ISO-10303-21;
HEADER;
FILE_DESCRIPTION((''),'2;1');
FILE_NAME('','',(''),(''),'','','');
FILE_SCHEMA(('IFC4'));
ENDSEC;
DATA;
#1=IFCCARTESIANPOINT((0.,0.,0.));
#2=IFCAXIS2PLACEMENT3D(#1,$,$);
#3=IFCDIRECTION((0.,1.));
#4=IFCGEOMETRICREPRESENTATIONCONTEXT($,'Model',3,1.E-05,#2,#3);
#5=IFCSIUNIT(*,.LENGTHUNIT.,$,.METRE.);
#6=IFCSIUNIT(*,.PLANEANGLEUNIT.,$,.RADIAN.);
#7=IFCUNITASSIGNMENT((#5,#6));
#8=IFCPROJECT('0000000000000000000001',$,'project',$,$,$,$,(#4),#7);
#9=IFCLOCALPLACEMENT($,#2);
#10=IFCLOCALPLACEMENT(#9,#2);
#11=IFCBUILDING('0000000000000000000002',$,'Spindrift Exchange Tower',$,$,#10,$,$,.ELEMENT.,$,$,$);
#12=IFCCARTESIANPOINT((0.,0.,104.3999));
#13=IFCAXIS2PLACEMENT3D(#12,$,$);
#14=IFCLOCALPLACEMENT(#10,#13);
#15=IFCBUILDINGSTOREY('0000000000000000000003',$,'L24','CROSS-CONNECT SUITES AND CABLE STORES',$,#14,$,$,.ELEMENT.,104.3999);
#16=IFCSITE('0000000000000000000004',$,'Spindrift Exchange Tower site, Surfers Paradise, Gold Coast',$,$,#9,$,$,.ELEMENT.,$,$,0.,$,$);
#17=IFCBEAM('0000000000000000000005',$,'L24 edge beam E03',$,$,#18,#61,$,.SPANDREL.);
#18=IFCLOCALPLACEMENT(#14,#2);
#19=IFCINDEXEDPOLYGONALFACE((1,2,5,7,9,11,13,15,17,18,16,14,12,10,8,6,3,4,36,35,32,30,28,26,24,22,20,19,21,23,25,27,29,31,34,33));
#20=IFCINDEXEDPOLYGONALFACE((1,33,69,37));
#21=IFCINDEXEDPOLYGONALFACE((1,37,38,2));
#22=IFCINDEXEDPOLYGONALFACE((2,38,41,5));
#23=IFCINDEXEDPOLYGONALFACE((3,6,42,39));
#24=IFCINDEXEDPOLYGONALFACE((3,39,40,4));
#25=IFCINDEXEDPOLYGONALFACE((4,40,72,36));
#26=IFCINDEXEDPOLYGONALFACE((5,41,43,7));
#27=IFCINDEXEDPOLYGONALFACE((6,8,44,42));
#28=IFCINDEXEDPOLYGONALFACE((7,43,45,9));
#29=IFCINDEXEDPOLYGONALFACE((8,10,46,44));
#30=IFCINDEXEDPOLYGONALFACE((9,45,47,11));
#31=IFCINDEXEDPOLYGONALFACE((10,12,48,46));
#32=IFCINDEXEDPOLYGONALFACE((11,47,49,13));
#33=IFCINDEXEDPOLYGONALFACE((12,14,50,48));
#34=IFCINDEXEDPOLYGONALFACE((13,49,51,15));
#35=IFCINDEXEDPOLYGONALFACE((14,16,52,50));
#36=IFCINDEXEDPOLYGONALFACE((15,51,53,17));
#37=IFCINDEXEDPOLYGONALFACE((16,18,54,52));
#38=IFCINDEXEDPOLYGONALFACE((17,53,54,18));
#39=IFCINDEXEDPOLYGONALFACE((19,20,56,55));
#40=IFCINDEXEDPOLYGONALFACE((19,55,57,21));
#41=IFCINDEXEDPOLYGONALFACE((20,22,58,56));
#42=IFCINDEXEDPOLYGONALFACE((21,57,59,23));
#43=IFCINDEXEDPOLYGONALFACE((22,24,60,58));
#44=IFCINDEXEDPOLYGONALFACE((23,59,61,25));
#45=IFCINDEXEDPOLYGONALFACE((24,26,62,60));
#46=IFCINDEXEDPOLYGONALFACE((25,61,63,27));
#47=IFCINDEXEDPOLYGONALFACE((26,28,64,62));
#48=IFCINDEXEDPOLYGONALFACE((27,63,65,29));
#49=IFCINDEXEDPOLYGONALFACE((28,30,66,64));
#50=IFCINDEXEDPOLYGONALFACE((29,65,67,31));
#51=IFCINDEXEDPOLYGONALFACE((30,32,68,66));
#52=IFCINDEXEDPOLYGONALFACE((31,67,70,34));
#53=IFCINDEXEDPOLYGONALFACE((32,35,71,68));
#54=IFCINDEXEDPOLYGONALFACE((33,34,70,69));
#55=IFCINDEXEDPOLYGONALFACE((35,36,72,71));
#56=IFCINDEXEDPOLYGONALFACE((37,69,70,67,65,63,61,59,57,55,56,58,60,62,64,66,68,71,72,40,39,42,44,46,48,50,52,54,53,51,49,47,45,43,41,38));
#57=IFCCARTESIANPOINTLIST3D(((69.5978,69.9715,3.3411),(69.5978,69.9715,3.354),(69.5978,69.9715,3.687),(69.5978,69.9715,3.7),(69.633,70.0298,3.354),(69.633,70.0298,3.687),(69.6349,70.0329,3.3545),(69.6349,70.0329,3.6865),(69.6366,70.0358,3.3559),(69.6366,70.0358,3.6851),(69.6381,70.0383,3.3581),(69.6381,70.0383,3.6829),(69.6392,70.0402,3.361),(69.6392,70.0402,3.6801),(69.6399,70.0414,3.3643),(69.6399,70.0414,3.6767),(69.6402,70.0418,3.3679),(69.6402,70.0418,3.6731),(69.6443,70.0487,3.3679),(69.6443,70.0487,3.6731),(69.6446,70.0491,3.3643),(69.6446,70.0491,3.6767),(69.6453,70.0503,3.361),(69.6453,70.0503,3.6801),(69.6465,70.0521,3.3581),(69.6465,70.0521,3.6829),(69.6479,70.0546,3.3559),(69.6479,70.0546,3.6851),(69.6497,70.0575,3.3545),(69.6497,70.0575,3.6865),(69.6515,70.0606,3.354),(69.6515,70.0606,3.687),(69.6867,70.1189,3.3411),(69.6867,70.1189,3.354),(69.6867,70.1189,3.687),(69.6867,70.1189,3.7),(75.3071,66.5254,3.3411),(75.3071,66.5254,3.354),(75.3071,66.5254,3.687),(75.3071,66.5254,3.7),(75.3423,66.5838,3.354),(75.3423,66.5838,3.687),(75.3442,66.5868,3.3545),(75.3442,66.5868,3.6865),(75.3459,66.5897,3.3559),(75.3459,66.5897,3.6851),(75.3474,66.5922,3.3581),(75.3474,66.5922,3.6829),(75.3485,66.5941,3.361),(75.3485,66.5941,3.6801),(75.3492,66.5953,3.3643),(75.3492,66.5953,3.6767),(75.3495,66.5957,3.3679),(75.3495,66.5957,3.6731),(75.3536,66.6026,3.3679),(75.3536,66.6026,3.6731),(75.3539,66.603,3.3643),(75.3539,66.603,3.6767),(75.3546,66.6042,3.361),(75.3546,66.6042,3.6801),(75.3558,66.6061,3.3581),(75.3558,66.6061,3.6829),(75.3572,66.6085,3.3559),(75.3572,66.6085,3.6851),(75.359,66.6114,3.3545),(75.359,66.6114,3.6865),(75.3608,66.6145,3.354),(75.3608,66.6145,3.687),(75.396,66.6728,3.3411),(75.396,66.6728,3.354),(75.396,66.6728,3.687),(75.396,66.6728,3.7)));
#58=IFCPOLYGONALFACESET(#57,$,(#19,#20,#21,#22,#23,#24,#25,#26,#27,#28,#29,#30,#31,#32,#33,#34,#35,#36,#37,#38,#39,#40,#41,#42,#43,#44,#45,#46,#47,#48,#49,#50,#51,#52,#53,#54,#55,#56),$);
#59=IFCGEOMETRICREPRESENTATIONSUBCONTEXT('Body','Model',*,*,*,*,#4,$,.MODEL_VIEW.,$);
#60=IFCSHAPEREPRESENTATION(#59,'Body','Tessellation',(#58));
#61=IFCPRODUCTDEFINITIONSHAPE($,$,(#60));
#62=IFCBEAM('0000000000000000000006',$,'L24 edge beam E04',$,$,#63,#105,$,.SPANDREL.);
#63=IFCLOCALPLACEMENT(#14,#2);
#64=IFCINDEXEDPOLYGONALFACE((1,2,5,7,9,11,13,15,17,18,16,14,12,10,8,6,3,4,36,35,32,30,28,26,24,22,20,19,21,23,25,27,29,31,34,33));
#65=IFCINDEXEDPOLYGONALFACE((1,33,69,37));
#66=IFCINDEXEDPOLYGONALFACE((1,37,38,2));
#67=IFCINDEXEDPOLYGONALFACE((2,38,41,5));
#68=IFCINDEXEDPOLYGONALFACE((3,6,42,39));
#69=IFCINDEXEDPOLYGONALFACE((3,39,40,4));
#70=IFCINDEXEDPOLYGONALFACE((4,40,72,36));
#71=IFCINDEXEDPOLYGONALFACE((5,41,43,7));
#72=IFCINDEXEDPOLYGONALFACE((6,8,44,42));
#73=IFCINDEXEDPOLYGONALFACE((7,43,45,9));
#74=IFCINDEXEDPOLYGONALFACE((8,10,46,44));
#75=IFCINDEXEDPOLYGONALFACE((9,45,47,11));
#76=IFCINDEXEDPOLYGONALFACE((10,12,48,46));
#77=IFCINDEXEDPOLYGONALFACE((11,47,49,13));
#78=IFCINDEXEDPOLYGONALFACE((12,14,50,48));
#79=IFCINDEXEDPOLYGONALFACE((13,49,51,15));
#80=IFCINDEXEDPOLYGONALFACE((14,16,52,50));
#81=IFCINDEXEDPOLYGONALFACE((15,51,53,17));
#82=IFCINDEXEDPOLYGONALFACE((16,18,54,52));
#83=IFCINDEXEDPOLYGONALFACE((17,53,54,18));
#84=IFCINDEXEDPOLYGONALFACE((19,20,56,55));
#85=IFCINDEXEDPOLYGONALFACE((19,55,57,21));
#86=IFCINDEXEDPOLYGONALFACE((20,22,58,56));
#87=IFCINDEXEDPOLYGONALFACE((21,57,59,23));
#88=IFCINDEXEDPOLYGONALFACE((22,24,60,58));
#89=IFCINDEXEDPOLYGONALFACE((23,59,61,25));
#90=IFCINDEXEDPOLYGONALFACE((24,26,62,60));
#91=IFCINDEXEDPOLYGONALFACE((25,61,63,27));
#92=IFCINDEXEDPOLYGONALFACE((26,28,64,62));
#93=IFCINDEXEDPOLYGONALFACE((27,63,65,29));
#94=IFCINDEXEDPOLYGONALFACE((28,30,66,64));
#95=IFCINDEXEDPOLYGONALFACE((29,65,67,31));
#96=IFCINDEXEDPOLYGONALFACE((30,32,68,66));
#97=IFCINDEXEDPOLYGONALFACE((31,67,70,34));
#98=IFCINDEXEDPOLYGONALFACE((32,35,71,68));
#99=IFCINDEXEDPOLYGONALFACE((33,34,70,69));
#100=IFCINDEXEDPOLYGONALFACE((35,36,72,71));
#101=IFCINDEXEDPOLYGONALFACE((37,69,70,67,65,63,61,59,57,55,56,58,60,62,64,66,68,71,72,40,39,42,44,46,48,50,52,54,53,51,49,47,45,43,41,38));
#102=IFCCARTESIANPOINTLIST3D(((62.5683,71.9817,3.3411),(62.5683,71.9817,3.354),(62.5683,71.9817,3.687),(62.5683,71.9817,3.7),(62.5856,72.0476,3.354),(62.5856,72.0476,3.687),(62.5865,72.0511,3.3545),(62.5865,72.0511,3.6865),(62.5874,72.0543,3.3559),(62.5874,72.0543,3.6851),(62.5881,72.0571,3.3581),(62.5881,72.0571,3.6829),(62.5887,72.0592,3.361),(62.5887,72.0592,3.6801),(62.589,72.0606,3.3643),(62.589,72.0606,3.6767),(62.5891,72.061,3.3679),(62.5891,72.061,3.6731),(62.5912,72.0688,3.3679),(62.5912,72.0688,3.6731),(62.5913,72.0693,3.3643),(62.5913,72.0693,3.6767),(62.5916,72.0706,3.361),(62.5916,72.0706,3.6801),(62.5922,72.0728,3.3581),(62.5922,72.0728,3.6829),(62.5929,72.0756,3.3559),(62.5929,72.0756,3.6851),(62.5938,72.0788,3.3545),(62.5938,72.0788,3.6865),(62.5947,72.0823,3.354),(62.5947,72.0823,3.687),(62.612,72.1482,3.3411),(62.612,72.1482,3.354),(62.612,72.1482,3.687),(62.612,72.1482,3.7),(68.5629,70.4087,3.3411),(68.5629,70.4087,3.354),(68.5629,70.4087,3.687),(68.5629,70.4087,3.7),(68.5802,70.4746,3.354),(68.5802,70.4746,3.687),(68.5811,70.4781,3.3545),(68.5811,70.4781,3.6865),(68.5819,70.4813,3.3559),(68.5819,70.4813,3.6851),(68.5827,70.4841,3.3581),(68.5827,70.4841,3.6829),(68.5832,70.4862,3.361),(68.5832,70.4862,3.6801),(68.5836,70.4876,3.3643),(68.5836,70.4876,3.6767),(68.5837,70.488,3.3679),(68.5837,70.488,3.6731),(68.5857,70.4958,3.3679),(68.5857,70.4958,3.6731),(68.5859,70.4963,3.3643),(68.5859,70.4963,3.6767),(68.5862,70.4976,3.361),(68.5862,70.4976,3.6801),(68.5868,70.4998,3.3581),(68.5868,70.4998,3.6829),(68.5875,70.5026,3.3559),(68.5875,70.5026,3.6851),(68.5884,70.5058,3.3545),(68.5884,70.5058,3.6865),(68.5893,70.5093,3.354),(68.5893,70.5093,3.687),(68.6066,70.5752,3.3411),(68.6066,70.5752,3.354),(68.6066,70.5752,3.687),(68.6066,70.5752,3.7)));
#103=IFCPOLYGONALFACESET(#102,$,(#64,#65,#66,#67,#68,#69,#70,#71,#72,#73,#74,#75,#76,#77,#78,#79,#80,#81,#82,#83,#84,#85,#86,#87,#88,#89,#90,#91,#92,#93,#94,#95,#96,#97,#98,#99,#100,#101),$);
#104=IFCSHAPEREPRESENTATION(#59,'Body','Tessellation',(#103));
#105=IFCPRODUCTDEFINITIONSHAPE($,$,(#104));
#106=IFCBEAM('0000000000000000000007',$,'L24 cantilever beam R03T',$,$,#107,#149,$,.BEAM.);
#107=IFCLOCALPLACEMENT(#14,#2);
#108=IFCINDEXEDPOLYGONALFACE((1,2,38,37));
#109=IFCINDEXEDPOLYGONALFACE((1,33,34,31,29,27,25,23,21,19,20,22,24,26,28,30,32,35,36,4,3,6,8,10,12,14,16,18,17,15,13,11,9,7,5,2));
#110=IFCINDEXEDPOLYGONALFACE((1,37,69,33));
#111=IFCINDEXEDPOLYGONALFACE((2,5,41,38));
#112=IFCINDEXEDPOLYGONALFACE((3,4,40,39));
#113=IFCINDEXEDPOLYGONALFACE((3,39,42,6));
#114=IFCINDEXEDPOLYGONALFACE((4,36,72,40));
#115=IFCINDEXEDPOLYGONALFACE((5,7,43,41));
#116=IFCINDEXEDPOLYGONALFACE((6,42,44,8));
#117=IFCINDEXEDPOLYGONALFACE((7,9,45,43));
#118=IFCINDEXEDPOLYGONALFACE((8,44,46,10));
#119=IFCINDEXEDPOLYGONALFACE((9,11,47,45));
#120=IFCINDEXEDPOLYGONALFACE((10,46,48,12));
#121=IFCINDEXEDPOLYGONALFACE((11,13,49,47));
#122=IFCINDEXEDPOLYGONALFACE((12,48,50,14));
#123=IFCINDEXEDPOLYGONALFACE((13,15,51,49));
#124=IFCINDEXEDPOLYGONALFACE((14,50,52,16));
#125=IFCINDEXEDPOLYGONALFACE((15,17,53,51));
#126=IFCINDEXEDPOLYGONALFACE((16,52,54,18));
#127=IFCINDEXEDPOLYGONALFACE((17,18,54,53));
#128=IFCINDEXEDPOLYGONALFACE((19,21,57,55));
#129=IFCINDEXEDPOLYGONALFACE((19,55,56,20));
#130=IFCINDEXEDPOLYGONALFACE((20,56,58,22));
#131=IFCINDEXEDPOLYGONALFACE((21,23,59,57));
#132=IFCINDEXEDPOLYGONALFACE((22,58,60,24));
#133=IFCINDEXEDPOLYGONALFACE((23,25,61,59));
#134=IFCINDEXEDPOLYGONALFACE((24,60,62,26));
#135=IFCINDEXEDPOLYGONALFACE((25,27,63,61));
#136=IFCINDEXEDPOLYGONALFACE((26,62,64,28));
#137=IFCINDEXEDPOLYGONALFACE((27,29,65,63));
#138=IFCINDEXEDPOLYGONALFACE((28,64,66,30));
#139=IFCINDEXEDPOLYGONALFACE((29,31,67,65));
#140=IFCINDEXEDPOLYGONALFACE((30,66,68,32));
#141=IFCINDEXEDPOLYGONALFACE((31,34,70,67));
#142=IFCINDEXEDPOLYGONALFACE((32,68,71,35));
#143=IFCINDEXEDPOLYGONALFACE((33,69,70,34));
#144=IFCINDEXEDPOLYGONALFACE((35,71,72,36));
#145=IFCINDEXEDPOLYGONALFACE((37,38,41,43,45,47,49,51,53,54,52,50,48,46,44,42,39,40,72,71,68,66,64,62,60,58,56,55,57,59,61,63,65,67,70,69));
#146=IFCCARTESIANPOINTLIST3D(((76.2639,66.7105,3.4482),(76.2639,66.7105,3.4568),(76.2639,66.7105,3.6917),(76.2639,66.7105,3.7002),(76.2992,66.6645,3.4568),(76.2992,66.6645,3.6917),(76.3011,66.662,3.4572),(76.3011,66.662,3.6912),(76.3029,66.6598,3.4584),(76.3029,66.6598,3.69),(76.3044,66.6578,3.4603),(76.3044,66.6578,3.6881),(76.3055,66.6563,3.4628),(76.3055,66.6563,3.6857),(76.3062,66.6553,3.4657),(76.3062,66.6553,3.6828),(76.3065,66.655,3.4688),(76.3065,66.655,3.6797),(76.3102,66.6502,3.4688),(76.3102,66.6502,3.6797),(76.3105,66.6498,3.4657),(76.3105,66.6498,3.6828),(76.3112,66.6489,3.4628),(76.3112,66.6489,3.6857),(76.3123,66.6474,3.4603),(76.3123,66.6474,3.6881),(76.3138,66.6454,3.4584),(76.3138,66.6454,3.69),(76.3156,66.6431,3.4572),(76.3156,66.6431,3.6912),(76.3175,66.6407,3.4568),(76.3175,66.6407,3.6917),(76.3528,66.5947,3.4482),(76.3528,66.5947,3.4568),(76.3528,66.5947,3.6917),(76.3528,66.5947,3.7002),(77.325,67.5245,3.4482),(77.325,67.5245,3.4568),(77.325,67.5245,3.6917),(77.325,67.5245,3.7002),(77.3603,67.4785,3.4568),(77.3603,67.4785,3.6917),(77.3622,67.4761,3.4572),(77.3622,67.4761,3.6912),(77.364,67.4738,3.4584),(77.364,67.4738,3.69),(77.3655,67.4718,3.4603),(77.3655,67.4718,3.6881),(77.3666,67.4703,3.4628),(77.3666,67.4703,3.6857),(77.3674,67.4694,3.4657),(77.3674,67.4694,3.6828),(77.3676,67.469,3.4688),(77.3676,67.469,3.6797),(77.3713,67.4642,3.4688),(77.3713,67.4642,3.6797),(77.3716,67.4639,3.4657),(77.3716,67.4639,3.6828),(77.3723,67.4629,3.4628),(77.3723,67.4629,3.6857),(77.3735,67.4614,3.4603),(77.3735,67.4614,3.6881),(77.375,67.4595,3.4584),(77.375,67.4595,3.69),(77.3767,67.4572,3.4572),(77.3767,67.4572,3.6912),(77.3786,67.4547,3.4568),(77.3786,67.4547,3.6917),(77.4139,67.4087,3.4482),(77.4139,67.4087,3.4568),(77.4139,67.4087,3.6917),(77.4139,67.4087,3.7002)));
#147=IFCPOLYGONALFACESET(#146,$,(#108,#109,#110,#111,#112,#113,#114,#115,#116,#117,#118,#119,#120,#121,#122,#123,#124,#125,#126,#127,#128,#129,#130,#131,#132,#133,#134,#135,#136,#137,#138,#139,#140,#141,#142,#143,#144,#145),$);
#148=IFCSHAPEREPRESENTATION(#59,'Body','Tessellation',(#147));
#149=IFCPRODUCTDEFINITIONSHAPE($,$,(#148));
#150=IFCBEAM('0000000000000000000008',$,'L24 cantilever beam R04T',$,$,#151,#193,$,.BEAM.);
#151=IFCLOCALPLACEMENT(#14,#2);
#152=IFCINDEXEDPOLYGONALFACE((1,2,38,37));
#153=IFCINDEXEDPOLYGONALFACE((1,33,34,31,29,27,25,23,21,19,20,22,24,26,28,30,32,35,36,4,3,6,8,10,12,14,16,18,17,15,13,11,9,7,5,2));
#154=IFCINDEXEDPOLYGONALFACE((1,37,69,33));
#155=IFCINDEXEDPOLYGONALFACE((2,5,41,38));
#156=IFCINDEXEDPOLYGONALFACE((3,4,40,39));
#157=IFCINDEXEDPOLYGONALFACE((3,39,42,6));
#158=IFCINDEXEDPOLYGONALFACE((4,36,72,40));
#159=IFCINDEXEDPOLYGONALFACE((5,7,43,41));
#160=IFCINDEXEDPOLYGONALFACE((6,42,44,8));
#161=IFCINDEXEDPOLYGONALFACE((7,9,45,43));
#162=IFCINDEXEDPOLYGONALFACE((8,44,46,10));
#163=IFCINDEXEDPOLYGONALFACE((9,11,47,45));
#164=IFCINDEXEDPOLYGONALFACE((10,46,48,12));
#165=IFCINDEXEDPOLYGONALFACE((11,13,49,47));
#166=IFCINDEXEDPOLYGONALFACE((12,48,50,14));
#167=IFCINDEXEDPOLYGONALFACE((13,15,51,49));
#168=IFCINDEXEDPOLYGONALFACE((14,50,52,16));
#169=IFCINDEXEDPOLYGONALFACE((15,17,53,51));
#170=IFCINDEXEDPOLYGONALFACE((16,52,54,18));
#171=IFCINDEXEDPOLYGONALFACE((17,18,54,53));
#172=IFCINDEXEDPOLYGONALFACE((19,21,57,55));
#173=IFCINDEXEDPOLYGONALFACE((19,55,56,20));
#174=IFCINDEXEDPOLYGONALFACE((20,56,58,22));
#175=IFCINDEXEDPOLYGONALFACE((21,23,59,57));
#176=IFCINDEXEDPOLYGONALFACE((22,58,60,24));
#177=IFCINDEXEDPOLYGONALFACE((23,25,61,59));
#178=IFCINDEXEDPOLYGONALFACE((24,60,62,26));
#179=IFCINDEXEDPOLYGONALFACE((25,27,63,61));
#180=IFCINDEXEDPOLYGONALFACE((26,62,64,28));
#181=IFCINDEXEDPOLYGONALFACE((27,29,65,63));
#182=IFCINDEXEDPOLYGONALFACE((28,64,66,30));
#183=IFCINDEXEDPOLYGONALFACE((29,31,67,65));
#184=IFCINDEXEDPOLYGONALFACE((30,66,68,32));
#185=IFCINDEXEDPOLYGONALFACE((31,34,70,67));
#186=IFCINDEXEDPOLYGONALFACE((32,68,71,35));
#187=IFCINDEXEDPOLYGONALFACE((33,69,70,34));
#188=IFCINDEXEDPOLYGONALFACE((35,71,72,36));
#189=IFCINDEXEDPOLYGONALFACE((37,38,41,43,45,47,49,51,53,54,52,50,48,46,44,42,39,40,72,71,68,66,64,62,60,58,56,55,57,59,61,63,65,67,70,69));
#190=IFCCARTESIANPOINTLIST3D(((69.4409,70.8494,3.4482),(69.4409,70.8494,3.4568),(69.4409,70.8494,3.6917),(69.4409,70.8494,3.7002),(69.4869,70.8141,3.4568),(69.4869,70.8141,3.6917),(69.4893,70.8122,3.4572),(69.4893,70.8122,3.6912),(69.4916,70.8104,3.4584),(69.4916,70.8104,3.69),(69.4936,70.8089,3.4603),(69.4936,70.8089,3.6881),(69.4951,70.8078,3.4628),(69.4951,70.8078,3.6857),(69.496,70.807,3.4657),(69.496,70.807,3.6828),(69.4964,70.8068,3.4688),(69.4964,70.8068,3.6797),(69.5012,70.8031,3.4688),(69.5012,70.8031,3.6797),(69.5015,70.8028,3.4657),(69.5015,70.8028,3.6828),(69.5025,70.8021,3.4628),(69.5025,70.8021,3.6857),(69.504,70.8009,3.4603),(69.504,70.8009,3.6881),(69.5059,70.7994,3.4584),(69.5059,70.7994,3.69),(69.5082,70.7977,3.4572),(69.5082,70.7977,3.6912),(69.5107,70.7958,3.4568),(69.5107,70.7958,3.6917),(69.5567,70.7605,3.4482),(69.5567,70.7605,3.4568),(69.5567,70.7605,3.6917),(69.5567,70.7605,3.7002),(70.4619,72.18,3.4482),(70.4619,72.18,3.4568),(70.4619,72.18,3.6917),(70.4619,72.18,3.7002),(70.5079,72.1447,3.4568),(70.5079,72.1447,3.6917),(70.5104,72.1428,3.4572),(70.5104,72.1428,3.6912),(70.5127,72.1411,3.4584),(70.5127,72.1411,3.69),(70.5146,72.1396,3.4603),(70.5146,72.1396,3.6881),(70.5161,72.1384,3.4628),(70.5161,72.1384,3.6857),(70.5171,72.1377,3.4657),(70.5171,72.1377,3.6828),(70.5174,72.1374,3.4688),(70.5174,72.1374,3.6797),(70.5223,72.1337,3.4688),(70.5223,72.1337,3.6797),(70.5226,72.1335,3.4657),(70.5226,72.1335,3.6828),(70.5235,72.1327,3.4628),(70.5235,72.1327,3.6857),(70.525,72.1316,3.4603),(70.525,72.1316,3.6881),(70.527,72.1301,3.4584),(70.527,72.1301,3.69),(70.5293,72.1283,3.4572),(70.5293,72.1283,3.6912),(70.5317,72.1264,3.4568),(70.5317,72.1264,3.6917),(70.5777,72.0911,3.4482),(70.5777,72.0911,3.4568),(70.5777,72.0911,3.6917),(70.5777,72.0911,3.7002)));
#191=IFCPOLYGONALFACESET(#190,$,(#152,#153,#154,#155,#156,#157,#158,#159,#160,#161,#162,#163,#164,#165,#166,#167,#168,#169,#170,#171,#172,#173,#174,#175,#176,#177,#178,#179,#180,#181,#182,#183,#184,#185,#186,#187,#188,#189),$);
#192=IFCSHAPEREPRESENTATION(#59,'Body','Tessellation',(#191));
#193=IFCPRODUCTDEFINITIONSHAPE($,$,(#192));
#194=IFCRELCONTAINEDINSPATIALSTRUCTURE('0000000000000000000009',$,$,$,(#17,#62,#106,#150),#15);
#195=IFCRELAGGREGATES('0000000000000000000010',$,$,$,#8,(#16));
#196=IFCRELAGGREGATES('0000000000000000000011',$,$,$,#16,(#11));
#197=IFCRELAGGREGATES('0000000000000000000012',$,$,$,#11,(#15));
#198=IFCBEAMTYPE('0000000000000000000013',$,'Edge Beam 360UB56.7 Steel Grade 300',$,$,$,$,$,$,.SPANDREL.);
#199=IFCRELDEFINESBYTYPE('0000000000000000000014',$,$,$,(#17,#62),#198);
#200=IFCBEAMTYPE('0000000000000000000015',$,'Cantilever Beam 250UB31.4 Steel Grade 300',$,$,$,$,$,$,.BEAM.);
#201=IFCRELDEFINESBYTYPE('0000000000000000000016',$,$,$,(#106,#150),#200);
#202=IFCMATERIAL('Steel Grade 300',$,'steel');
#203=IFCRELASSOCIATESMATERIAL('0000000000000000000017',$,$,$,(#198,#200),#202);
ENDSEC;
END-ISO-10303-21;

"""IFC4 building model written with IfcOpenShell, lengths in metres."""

from ifc_helpers import new_model, si_unit, direction, frame, origin, origin_2d, place, context, subcontext, project, spatial, i_section, extrude, source, transform, mapped, material, material_profile, profile_set, type_object, element, save


model = new_model("IFC4")

# Units and contexts
model_context = context("Model", 3, precision=1e-05, world=origin(), true_north=direction((0.0, 1.0)))
body_context = subcontext(model_context, "Body", "Model", "MODEL_VIEW")
ifc_project = project(units=[si_unit("LENGTHUNIT", "METRE"), si_unit("PLANEANGLEUNIT", "RADIAN")], contexts=[model_context])

# Site, building, storey
site_placement = place(None, origin())
site = spatial("IfcSite", under=ifc_project, at=site_placement, Name="Spindrift Exchange Tower site, Surfers Paradise, Gold Coast", CompositionType="ELEMENT", RefElevation=0.0)
building_placement = place(site_placement, origin())
building = spatial("IfcBuilding", under=site, at=building_placement, Name="Spindrift Exchange Tower", CompositionType="ELEMENT")
storey_placement = place(building_placement, frame((0.0, 0.0, 104.3999)))
storey = spatial("IfcBuildingStorey", under=building, at=storey_placement, Name="L24", Description="CROSS-CONNECT SUITES AND CABLE STORES", CompositionType="ELEMENT", Elevation=104.3999)

# Beams
ifc_material_1 = material(Name="Steel Grade 300", Category="steel")
ifc_material_profile_1 = material_profile(ifc_material_1, i_section(OverallWidth=0.1721, OverallDepth=0.3589, WebThickness=0.0081, FlangeThickness=0.0129, FilletRadius=0.0139, at=origin_2d()), Name="360UB56.7")
ifc_profile_set_1 = profile_set([ifc_material_profile_1], Name="Steel Grade 300")
beam_type_1 = type_object("IfcBeamType", Name="Edge Beam 360UB56.7 Steel Grade 300", PredefinedType="SPANDREL", material=ifc_profile_set_1)
shared_shape_1 = source(origin(), body_context, "Body", "SweptSolid", [
    extrude(i_section(OverallWidth=0.1721, OverallDepth=0.3589, WebThickness=0.0081, FlangeThickness=0.0129, FilletRadius=0.0139, at=origin_2d()), origin(), (0.0, 0.0, 1.0), 6.6687),
])
beam_1_placement = place(storey_placement, frame((75.3516, 66.5991, 3.5205), z_axis=(-0.856133, 0.516755, 0.0), x_axis=(-0.516755, -0.856133, 0.0)))
element("IfcBeam", 1, at=beam_1_placement, inside=storey, type_object=beam_type_1, Name="L24 edge beam E03", PredefinedType="SPANDREL", context=body_context, shape_type="MappedRepresentation", body=[
    mapped(shared_shape_1, transform((0.0, 0.0, 0.0), scale=1.0)),
])
shared_shape_2 = source(origin(), body_context, "Body", "SweptSolid", [
    extrude(i_section(OverallWidth=0.1721, OverallDepth=0.3589, WebThickness=0.0081, FlangeThickness=0.0129, FilletRadius=0.0139, at=origin_2d()), origin(), (0.0, 0.0, 1.0), 6.1975),
])
beam_2_placement = place(storey_placement, frame((68.5847, 70.4919, 3.5205), z_axis=(-0.967254, 0.253809, 0.0), x_axis=(-0.253809, -0.967254, 0.0)))
element("IfcBeam", 2, at=beam_2_placement, inside=storey, type_object=beam_type_1, Name="L24 edge beam E04", PredefinedType="SPANDREL", context=body_context, shape_type="MappedRepresentation", body=[
    mapped(shared_shape_2, transform((0.0, 0.0, 0.0), scale=1.0)),
])
ifc_material_profile_2 = material_profile(ifc_material_1, i_section(OverallWidth=0.146, OverallDepth=0.252, WebThickness=0.0061, FlangeThickness=0.0085, FilletRadius=0.012, at=origin_2d()), Name="250UB31.4")
ifc_profile_set_2 = profile_set([ifc_material_profile_2], Name="Steel Grade 300")
beam_type_2 = type_object("IfcBeamType", Name="Cantilever Beam 250UB31.4 Steel Grade 300", PredefinedType="BEAM", material=ifc_profile_set_2)
shared_shape_3 = source(origin(), body_context, "Body", "SweptSolid", [
    extrude(i_section(OverallWidth=0.146, OverallDepth=0.252, WebThickness=0.0061, FlangeThickness=0.0085, FilletRadius=0.012, at=origin_2d()), origin(), (0.0, 0.0, 1.0), 1.3374),
])
beam_3_placement = place(storey_placement, frame((76.3083, 66.6526, 3.5742), z_axis=(0.793424, 0.608669, 0.0), x_axis=(-0.608669, 0.793424, 0.0)))
element("IfcBeam", 3, at=beam_3_placement, inside=storey, type_object=beam_type_2, Name="L24 cantilever beam R03T", PredefinedType="BEAM", context=body_context, shape_type="MappedRepresentation", body=[
    mapped(shared_shape_3, transform((0.0, 0.0, 0.0), scale=1.0)),
])
shared_shape_4 = source(origin(), body_context, "Body", "SweptSolid", [
    extrude(i_section(OverallWidth=0.146, OverallDepth=0.252, WebThickness=0.0061, FlangeThickness=0.0085, FilletRadius=0.012, at=origin_2d()), origin(), (0.0, 0.0, 1.0), 1.6772),
])
beam_4_placement = place(storey_placement, frame((69.4988, 70.8049, 3.5742), z_axis=(0.608768, 0.793349, 0.0), x_axis=(-0.793349, 0.608768, 0.0)))
element("IfcBeam", 4, at=beam_4_placement, inside=storey, type_object=beam_type_2, Name="L24 cantilever beam R04T", PredefinedType="BEAM", context=body_context, shape_type="MappedRepresentation", body=[
    mapped(shared_shape_4, transform((0.0, 0.0, 0.0), scale=1.0)),
])

save(model, "model.ifc")
